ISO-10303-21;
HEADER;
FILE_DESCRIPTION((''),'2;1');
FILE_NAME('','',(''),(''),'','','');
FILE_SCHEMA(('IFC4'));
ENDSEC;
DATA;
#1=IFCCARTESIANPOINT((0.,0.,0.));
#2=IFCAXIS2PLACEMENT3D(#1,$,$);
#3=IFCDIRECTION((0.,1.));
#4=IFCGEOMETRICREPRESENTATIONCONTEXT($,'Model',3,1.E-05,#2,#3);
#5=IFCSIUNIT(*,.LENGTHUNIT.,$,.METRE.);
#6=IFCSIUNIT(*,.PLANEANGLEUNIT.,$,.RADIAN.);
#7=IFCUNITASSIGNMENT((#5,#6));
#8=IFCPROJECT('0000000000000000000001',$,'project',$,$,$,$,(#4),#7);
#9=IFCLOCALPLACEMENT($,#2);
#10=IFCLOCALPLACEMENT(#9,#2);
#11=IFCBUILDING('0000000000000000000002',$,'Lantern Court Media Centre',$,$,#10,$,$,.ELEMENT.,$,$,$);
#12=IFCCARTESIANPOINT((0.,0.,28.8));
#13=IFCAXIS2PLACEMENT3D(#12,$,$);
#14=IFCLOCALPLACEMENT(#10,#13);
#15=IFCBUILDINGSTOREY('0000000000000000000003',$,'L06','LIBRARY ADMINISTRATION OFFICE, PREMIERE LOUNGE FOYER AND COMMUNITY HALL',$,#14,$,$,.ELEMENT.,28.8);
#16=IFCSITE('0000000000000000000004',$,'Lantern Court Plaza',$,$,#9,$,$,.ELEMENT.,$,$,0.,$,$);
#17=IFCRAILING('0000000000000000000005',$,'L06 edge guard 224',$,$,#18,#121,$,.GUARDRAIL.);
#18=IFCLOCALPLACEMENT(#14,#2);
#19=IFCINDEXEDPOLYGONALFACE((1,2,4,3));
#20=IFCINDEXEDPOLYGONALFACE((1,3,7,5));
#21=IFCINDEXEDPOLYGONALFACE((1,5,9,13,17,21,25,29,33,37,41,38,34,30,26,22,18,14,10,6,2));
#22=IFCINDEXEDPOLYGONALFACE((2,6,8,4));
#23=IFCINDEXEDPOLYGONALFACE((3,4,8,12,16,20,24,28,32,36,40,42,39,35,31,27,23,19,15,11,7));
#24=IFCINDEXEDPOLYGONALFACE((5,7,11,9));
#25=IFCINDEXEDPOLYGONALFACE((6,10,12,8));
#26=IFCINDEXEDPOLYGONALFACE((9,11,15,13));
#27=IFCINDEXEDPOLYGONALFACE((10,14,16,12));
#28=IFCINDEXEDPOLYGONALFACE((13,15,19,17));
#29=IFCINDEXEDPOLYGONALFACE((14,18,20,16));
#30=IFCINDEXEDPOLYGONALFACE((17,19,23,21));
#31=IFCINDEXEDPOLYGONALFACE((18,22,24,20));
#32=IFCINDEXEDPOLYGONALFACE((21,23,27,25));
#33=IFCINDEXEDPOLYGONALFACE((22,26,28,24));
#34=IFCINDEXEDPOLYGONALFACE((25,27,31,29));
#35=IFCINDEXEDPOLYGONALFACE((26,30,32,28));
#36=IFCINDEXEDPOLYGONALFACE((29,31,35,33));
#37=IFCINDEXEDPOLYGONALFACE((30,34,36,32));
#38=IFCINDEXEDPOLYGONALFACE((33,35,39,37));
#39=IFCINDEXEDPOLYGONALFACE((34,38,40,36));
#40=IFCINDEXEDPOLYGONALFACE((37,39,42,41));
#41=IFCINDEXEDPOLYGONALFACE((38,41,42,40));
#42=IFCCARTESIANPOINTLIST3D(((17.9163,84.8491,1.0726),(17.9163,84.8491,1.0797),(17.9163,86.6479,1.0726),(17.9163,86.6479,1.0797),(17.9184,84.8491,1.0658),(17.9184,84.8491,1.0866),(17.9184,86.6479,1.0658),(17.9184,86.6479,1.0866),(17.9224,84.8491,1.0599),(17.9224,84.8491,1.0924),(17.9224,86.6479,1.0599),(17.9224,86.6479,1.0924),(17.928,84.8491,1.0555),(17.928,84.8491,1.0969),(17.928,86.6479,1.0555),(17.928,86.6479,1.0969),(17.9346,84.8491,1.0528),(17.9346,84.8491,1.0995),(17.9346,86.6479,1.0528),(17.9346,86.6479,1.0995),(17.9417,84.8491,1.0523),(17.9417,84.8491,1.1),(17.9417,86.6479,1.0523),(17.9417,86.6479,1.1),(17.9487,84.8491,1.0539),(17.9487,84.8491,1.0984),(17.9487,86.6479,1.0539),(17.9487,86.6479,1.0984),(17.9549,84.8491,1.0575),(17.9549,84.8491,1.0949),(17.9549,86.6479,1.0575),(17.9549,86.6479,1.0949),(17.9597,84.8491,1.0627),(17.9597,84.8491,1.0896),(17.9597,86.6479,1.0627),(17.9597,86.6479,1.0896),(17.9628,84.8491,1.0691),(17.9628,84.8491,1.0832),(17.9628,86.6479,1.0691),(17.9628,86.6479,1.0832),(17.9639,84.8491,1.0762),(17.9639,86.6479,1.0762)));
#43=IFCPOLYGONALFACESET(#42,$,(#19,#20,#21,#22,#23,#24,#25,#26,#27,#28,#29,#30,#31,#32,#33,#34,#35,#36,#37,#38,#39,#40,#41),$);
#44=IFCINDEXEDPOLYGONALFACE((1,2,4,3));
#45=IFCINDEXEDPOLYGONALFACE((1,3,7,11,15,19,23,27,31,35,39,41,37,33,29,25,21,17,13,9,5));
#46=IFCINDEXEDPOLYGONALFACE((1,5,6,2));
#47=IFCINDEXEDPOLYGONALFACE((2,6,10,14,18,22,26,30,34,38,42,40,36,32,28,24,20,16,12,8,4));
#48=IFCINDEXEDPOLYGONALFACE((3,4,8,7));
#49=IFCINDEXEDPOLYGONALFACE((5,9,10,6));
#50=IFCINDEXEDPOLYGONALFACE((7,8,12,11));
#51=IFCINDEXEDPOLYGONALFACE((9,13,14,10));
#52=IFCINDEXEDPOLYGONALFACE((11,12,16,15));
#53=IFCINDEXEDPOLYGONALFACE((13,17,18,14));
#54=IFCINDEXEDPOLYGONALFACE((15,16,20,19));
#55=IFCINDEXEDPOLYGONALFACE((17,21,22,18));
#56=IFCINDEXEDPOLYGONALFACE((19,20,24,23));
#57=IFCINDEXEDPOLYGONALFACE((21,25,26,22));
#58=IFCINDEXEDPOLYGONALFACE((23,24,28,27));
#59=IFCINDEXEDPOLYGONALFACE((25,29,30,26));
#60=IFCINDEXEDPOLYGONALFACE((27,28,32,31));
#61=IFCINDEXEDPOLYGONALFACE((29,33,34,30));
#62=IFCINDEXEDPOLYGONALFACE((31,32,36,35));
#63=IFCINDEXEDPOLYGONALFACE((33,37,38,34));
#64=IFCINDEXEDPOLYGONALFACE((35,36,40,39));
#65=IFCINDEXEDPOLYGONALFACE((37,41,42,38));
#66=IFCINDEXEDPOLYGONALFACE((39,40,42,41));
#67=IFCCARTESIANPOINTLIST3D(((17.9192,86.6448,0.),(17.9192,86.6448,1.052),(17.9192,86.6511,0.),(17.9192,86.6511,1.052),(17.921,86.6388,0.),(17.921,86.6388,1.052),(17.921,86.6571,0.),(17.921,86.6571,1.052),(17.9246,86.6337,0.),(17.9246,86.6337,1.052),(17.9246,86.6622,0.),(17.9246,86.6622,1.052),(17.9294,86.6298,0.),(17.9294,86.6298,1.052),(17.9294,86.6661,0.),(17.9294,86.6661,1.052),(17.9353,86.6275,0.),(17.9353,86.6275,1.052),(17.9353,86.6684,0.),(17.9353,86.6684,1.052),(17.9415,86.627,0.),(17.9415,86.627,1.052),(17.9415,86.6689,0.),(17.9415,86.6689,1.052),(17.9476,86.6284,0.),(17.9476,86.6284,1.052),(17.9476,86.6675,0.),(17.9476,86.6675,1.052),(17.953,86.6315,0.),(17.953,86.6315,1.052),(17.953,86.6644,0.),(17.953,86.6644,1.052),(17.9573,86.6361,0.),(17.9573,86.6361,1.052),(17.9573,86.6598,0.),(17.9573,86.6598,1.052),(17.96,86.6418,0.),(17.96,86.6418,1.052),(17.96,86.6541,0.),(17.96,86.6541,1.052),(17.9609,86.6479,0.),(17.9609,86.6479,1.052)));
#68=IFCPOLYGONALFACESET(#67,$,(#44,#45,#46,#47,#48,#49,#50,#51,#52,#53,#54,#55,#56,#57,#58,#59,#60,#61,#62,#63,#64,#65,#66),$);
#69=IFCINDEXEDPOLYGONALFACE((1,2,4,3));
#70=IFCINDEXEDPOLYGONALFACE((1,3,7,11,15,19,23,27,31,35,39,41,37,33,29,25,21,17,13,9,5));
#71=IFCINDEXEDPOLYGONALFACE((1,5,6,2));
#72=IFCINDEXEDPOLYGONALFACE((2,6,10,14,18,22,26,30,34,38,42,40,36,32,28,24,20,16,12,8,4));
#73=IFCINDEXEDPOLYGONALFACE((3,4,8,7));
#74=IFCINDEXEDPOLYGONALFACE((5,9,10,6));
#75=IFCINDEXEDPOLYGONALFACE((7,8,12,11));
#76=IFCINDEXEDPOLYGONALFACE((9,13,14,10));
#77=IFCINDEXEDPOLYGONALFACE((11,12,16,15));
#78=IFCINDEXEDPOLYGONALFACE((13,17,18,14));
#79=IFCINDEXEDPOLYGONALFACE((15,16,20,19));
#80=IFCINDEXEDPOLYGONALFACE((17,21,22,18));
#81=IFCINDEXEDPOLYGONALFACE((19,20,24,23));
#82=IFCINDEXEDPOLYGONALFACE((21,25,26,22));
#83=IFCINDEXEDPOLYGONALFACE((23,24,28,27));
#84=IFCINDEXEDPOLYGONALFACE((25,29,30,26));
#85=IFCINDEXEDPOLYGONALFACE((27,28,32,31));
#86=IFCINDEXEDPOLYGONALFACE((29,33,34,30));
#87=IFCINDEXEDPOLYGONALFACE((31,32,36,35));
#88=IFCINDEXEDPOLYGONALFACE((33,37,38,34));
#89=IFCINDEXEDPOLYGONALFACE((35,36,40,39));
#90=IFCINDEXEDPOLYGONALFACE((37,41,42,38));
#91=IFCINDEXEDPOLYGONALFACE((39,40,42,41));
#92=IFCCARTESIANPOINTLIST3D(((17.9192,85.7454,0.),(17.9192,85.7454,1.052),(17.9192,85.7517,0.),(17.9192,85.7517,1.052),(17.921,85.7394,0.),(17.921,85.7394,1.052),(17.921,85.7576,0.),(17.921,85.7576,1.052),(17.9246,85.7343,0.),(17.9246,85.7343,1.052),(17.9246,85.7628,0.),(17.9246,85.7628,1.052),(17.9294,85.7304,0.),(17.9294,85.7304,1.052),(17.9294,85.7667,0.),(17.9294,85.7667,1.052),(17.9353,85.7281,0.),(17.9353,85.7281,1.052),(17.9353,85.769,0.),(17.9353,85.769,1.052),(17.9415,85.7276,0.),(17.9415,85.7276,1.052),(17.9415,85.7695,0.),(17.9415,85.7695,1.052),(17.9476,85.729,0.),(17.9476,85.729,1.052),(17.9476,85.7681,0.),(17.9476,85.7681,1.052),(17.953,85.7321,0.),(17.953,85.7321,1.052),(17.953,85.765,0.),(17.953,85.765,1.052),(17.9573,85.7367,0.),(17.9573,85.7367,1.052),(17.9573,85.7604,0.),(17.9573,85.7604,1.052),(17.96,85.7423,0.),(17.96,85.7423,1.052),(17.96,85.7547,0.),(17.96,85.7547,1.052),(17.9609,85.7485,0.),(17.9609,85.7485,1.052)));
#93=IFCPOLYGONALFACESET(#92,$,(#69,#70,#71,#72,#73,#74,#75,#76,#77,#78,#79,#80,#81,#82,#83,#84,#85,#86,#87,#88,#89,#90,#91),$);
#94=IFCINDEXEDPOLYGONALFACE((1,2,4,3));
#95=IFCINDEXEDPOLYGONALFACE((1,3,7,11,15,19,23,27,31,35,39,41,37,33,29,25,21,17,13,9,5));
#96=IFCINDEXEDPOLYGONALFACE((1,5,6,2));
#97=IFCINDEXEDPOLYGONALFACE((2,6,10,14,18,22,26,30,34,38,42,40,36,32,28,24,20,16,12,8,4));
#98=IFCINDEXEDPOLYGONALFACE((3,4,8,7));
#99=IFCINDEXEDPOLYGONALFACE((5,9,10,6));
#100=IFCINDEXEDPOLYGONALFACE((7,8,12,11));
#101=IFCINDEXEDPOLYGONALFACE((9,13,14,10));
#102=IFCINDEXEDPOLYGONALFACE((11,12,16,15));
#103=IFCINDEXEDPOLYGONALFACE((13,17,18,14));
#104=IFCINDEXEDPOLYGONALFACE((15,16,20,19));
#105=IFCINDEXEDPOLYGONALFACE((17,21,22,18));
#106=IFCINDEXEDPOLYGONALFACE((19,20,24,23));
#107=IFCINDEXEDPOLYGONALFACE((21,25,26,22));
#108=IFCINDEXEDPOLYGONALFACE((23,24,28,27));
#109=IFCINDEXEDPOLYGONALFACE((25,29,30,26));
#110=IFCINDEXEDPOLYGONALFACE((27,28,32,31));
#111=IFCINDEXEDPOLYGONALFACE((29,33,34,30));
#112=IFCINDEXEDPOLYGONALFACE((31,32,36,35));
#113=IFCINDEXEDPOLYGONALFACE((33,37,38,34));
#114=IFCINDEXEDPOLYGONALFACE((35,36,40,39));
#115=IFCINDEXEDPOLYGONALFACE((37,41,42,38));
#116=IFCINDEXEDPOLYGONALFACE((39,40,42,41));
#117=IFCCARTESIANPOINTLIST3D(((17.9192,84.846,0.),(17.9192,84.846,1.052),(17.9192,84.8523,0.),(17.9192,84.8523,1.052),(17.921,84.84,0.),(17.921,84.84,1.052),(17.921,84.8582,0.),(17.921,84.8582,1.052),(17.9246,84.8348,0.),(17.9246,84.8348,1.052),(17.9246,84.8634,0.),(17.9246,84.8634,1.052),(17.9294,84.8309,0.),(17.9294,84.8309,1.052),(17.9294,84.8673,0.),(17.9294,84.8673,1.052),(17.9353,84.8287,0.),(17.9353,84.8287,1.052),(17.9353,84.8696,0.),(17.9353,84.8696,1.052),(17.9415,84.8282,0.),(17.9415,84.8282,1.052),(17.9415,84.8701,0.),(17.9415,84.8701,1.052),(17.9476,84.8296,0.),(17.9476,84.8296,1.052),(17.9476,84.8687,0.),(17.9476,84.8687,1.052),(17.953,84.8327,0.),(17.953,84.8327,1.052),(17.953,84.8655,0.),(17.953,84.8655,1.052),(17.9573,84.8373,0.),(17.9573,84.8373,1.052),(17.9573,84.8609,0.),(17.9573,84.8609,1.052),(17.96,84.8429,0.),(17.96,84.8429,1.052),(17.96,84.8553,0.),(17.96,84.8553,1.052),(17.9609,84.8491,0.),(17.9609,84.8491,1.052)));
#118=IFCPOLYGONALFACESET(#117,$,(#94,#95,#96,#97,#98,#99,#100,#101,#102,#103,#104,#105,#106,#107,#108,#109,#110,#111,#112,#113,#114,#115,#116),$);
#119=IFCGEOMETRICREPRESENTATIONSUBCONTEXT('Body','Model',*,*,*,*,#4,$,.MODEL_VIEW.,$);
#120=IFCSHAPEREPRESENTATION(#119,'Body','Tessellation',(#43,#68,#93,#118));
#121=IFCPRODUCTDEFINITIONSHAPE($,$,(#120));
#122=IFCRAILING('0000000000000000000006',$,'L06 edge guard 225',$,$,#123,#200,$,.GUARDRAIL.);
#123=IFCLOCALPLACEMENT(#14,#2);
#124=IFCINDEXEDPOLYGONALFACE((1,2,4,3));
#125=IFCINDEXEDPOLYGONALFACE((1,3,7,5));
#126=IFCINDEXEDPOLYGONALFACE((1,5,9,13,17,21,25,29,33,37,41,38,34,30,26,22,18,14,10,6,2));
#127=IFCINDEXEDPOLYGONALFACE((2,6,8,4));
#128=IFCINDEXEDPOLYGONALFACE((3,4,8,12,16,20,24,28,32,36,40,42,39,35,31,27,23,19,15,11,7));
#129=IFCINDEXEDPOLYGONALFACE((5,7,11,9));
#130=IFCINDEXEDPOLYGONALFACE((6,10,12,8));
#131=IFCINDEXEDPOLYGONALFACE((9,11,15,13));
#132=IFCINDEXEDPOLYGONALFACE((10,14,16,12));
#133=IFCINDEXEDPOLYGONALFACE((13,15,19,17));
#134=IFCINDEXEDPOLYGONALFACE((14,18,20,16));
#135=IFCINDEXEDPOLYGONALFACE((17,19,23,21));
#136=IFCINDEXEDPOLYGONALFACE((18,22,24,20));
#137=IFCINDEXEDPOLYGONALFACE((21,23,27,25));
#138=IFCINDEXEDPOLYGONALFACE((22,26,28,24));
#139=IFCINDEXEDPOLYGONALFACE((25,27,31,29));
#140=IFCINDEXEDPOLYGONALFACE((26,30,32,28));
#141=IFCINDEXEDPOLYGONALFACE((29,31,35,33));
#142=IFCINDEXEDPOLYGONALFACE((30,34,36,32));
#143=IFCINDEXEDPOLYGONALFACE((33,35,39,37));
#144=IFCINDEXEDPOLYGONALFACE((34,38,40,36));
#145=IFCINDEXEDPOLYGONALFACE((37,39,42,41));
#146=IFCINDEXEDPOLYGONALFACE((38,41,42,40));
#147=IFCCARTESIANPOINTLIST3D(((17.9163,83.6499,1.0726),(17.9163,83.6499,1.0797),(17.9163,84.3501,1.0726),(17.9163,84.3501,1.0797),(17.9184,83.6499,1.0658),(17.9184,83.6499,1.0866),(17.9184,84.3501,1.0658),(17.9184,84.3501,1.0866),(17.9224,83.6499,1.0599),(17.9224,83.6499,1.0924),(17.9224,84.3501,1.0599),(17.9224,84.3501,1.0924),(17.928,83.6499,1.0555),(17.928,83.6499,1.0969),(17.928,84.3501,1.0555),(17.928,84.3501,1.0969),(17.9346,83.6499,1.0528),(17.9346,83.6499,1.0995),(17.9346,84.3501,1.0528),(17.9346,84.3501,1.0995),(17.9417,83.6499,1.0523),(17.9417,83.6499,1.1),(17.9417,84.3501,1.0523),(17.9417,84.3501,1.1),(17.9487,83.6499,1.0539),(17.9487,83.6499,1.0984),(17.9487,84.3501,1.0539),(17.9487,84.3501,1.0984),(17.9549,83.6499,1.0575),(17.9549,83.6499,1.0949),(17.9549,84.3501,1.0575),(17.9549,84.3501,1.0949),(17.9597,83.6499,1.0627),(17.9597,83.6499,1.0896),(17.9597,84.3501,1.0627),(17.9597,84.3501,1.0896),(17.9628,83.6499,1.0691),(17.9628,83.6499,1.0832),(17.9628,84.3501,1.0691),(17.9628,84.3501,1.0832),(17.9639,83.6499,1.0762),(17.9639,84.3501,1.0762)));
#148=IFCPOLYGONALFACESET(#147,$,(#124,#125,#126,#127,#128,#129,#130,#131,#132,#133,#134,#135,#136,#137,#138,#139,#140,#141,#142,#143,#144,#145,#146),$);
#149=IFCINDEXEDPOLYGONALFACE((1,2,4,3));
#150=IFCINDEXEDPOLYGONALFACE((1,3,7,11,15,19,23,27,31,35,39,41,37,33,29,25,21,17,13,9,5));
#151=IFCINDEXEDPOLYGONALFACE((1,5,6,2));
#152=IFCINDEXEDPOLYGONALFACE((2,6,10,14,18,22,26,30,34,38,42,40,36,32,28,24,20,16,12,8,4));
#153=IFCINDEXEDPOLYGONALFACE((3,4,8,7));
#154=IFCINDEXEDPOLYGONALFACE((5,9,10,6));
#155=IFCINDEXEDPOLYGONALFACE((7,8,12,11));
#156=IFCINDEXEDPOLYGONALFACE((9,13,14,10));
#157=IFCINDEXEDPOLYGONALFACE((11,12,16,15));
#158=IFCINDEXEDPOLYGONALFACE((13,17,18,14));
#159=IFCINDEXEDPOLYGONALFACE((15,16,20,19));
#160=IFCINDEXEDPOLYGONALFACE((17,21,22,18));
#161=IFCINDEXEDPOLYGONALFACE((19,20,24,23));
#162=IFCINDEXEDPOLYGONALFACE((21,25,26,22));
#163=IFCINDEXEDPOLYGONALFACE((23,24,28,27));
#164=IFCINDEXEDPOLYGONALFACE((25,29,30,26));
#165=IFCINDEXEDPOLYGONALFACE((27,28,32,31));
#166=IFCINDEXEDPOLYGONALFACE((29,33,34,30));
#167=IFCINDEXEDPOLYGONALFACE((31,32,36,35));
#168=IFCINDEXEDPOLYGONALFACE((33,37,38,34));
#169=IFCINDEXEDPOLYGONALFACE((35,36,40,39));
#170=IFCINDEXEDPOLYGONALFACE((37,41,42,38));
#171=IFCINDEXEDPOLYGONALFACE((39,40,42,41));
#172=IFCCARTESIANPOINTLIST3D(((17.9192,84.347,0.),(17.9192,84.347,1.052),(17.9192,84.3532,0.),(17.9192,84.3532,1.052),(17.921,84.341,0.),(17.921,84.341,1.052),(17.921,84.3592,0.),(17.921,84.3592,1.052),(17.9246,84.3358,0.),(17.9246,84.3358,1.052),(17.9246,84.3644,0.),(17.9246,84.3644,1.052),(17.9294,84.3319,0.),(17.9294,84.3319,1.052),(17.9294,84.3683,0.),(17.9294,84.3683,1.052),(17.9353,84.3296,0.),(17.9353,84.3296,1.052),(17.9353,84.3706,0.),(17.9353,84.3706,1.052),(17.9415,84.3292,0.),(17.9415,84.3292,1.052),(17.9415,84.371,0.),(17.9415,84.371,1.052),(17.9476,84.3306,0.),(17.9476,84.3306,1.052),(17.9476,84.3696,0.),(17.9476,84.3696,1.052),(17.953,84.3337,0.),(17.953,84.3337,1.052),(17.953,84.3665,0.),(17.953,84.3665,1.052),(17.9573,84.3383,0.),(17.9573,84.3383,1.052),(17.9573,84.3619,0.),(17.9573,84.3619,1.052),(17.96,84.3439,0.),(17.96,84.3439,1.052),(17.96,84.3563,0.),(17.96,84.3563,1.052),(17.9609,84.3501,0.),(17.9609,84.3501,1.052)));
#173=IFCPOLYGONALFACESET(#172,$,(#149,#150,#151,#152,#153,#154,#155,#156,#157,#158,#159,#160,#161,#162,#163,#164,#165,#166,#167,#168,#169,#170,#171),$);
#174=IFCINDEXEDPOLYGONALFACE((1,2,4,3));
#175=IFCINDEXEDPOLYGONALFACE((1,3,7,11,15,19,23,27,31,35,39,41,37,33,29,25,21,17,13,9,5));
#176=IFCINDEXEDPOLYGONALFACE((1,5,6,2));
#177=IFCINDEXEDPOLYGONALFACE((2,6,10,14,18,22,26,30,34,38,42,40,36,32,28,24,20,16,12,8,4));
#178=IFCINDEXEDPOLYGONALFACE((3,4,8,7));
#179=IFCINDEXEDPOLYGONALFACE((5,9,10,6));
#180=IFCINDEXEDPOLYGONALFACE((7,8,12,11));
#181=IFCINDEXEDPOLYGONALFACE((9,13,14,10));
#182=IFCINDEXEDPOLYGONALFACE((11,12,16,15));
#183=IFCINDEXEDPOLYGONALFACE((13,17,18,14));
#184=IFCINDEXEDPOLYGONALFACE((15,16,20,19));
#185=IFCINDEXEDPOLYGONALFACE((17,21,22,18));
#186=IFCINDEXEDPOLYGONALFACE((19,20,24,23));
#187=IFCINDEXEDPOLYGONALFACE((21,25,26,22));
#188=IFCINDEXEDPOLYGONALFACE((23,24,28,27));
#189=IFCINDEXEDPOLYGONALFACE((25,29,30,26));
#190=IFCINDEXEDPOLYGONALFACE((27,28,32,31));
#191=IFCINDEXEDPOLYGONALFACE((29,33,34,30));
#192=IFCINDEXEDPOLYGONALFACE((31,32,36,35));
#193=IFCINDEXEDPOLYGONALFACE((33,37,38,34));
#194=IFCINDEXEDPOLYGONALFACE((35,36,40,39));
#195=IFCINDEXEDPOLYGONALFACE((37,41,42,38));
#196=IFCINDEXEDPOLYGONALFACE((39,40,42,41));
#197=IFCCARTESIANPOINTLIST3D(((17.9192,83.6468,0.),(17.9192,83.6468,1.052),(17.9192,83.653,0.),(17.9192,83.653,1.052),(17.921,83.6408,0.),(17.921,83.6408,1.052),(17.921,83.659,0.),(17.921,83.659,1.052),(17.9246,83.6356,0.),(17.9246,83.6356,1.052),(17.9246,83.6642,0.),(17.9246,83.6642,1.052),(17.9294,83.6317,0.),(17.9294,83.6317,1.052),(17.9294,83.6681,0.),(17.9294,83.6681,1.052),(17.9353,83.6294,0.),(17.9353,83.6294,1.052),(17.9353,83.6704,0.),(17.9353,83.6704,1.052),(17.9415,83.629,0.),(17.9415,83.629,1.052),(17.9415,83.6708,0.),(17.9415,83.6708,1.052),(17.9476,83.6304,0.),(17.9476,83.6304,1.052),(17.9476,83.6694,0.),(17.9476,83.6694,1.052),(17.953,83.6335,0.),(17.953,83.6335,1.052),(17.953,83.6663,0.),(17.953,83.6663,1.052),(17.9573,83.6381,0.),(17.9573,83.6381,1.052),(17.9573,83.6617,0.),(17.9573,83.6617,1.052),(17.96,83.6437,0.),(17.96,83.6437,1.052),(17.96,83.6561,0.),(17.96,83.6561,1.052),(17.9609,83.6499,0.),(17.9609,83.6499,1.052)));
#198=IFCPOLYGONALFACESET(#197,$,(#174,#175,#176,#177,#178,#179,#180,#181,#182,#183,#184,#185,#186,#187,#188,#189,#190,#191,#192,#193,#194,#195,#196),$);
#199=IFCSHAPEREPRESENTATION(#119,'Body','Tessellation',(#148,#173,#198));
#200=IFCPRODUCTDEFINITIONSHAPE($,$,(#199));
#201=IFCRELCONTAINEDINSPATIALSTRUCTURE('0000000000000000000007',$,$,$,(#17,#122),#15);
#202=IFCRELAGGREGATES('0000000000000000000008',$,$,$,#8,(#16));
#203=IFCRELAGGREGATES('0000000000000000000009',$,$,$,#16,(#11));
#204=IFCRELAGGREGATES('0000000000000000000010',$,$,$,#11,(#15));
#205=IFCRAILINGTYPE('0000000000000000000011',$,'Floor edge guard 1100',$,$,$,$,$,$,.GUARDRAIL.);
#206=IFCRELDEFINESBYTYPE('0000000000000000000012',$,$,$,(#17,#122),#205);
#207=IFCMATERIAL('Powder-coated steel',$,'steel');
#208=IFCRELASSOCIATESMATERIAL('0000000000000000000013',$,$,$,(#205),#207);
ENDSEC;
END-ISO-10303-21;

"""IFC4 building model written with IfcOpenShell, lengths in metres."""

from ifc_helpers import new_model, si_unit, direction, frame, origin, origin_2d, place, context, subcontext, project, spatial, circle, extrude, material, type_object, element, save


model = new_model("IFC4")

# Units and contexts
model_context = context("Model", 3, precision=1e-05, world=origin(), true_north=direction((0.0, 1.0)))
body_context = subcontext(model_context, "Body", "Model", "MODEL_VIEW")
ifc_project = project(units=[si_unit("LENGTHUNIT", "METRE"), si_unit("PLANEANGLEUNIT", "RADIAN")], contexts=[model_context])

# Site, building, storey
site_placement = place(None, origin())
site = spatial("IfcSite", under=ifc_project, at=site_placement, Name="Lantern Court Plaza", CompositionType="ELEMENT", RefElevation=0.0)
building_placement = place(site_placement, origin())
building = spatial("IfcBuilding", under=site, at=building_placement, Name="Lantern Court Media Centre", CompositionType="ELEMENT")
storey_placement = place(building_placement, frame((0.0, 0.0, 28.8)))
storey = spatial("IfcBuildingStorey", under=building, at=storey_placement, Name="L06", Description="LIBRARY ADMINISTRATION OFFICE, PREMIERE LOUNGE FOYER AND COMMUNITY HALL", CompositionType="ELEMENT", Elevation=28.8)

# Railings
ifc_material_1 = material(Name="Powder-coated steel", Category="steel")
railing_type = type_object("IfcRailingType", Name="Floor edge guard 1100", PredefinedType="GUARDRAIL", material=ifc_material_1)
railing_1_placement = place(storey_placement, frame((17.9399, 86.6479, 0.0)))
element("IfcRailing", 1, at=railing_1_placement, inside=storey, type_object=railing_type, Name="L06 edge guard 224", PredefinedType="GUARDRAIL", context=body_context, shape_type="SweptSolid", body=[
    extrude(circle(Radius=0.0239, at=origin_2d()), frame((0.0, 0.0, 1.0762), z_axis=(0.0, -1.0, 0.0), x_axis=(1.0, 0.0, 0.0)), (0.0, 0.0, 1.0), 1.7988),
    extrude(circle(Radius=0.021, at=origin_2d()), origin(), (0.0, 0.0, 1.0), 1.052),
    extrude(circle(Radius=0.021, at=origin_2d()), frame((0.0, -0.8994, 0.0)), (0.0, 0.0, 1.0), 1.052),
    extrude(circle(Radius=0.021, at=origin_2d()), frame((0.0, -1.7988, 0.0)), (0.0, 0.0, 1.0), 1.052),
])
railing_2_placement = place(storey_placement, frame((17.9399, 84.3501, 0.0)))
element("IfcRailing", 2, at=railing_2_placement, inside=storey, type_object=railing_type, Name="L06 edge guard 225", PredefinedType="GUARDRAIL", context=body_context, shape_type="SweptSolid", body=[
    extrude(circle(Radius=0.0239, at=origin_2d()), frame((0.0, 0.0, 1.0762), z_axis=(0.0, -1.0, 0.0), x_axis=(1.0, 0.0, 0.0)), (0.0, 0.0, 1.0), 0.7002),
    extrude(circle(Radius=0.021, at=origin_2d()), origin(), (0.0, 0.0, 1.0), 1.052),
    extrude(circle(Radius=0.021, at=origin_2d()), frame((0.0, -0.7002, 0.0)), (0.0, 0.0, 1.0), 1.052),
])

save(model, "model.ifc")
